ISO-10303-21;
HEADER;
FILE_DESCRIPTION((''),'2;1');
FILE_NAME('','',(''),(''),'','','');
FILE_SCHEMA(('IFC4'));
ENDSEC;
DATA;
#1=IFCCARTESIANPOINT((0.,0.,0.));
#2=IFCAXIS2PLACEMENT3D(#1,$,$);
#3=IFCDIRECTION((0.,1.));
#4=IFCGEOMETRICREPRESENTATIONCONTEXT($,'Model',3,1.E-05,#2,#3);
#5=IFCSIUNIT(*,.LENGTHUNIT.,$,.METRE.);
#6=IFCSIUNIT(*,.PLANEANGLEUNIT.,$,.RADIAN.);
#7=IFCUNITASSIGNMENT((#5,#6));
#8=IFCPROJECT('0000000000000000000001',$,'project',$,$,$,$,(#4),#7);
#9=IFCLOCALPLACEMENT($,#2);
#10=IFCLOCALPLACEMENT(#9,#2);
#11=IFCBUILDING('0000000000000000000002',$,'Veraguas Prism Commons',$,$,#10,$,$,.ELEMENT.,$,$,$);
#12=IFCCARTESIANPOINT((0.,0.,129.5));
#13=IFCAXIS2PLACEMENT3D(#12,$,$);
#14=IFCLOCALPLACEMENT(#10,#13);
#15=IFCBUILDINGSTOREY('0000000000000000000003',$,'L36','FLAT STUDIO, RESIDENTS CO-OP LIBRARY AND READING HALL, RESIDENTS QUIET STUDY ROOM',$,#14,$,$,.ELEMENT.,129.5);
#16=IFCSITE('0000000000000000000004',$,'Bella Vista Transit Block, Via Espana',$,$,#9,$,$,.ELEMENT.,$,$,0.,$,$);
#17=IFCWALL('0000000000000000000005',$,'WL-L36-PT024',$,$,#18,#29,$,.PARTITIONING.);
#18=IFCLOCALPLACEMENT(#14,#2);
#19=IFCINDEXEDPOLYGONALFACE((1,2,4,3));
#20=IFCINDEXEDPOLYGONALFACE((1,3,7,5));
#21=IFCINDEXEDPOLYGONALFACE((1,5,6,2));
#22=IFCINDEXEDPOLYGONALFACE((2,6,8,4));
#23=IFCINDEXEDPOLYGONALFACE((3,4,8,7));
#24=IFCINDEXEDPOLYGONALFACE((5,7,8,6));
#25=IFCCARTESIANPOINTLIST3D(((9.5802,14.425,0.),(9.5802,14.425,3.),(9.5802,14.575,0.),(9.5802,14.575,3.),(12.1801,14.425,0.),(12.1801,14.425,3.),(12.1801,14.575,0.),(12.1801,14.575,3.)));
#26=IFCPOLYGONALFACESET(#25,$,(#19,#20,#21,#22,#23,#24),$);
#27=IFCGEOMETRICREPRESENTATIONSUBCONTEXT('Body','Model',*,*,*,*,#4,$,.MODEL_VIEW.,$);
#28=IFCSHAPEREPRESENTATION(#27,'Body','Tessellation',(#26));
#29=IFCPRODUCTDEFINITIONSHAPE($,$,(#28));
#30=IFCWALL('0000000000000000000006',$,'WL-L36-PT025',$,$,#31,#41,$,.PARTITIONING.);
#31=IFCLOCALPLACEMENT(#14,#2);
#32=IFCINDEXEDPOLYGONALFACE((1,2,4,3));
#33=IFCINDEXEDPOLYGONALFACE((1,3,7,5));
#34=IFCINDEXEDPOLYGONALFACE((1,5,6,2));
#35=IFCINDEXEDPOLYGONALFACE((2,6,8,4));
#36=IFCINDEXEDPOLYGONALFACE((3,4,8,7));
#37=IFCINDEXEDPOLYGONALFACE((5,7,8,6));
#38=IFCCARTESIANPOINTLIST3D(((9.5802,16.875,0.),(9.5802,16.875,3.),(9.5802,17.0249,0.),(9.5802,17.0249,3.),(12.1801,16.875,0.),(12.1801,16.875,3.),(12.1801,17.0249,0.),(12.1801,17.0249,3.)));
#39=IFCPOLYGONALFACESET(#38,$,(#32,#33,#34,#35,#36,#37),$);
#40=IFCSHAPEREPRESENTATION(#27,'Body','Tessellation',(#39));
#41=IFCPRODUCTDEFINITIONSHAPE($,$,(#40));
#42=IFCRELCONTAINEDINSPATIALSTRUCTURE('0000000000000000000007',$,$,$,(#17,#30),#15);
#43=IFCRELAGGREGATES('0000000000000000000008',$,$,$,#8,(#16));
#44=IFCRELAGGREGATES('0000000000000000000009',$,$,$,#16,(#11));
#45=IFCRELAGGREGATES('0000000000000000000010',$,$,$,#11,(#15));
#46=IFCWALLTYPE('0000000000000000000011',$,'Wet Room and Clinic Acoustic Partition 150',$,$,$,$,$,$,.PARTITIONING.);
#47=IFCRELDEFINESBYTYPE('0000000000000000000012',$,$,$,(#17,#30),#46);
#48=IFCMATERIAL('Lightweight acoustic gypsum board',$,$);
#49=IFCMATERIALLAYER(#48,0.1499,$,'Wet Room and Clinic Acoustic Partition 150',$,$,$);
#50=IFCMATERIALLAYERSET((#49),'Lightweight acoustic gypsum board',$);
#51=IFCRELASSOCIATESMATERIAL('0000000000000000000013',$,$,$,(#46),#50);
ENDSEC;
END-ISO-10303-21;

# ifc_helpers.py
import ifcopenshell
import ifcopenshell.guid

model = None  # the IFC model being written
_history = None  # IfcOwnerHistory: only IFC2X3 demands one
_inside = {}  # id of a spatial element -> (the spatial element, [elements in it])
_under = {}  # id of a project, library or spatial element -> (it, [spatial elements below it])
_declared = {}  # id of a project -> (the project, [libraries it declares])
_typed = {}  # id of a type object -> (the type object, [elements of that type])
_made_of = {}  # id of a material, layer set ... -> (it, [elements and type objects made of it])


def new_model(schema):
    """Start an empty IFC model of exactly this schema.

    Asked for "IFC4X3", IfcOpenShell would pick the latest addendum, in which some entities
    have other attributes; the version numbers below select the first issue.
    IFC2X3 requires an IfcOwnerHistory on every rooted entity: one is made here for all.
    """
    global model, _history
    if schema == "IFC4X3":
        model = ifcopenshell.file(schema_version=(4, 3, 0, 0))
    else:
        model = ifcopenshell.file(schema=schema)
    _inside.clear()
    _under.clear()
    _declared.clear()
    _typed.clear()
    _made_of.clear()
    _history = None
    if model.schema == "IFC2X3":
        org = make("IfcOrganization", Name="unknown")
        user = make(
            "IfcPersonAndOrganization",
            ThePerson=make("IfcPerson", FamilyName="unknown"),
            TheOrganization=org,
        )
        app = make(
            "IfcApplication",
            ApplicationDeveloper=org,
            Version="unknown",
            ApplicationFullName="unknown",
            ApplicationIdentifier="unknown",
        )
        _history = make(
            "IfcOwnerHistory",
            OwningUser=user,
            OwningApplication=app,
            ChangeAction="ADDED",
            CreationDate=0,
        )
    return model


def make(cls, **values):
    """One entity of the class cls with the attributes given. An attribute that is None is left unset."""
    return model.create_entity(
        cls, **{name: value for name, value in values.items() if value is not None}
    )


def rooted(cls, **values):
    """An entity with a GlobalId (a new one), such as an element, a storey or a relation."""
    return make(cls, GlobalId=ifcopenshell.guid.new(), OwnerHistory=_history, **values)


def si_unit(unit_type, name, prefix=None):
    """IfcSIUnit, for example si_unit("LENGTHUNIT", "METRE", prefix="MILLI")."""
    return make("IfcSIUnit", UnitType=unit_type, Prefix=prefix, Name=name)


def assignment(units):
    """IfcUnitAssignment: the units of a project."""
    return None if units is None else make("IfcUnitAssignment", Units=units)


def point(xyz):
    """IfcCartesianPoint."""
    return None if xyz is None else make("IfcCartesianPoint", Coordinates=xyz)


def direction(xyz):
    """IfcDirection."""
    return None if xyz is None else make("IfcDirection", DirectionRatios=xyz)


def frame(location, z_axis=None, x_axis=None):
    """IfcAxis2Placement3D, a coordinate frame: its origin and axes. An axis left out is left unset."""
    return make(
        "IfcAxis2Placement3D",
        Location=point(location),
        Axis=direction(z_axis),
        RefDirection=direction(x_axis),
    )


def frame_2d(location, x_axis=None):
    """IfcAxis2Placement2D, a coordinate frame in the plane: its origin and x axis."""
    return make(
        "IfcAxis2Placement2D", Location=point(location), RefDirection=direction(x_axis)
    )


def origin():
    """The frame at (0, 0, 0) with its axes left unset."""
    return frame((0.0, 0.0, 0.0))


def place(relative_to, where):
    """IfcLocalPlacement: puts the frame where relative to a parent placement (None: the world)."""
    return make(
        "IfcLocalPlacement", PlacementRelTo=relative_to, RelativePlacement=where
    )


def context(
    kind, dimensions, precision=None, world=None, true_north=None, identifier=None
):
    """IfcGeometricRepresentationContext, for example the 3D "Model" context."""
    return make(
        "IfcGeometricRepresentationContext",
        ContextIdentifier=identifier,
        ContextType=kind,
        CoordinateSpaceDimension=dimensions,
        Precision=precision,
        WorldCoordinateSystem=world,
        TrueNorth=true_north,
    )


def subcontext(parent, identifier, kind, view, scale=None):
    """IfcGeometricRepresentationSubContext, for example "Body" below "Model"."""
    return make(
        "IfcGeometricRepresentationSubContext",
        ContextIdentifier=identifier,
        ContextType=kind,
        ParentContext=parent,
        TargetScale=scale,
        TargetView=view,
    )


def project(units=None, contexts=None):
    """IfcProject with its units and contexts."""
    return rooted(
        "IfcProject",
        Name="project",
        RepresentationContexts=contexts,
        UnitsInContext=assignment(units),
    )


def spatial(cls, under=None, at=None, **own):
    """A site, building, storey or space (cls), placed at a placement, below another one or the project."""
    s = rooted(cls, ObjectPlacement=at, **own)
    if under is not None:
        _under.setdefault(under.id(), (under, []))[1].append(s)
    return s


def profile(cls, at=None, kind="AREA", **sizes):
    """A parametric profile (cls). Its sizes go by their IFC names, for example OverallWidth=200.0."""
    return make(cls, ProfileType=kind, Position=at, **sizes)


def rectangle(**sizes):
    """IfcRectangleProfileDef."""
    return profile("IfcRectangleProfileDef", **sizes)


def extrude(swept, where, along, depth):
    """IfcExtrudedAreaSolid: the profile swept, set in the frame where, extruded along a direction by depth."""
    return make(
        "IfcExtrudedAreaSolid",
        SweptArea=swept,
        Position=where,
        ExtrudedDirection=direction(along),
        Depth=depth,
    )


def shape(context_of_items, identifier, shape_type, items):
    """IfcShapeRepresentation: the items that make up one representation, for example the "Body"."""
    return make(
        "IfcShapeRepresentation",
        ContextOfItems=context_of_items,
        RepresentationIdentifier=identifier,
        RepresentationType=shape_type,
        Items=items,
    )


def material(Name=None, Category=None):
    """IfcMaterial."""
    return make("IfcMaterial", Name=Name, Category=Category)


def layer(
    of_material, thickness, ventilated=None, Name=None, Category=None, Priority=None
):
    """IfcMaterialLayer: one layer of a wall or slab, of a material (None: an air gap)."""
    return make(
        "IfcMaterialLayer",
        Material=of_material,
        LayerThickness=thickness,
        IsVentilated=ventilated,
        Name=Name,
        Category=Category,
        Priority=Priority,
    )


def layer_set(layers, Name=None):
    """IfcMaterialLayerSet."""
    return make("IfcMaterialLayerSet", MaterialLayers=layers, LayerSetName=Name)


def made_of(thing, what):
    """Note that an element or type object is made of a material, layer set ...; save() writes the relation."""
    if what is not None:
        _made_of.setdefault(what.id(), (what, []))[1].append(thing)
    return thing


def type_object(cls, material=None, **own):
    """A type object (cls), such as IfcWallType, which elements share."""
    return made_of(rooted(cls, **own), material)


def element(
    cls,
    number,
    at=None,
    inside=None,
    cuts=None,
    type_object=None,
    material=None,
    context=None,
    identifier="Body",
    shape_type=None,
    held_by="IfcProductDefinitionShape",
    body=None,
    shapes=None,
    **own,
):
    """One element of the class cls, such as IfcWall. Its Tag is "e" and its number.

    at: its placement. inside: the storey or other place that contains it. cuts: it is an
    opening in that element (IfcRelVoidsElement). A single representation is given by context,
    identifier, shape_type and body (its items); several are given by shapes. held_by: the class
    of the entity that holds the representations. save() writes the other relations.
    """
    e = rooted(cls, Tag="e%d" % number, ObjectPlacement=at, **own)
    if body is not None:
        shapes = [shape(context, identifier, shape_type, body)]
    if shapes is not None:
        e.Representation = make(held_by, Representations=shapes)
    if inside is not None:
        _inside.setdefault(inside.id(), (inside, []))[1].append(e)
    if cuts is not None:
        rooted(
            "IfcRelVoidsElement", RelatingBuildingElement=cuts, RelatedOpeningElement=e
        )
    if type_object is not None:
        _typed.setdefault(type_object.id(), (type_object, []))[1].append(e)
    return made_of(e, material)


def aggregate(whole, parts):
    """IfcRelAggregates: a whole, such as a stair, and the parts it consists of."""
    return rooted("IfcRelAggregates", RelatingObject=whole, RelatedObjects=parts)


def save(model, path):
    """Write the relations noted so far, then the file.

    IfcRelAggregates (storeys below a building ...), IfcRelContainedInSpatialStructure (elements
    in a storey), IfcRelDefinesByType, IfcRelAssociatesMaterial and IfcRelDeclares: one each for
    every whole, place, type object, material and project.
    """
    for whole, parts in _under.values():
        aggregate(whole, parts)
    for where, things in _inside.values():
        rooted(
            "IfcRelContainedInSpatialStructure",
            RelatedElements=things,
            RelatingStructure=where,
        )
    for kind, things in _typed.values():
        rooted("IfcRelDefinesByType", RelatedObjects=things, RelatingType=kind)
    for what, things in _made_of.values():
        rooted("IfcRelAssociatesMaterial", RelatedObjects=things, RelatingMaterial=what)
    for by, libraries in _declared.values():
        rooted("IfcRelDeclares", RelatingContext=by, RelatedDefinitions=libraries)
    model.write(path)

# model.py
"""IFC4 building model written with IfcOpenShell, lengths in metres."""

from ifc_helpers import new_model, si_unit, direction, frame, frame_2d, origin, place, context, subcontext, project, spatial, rectangle, extrude, material, layer, layer_set, type_object, element, save


model = new_model("IFC4")

# Units and contexts
model_context = context("Model", 3, precision=1e-05, world=origin(), true_north=direction((0.0, 1.0)))
body_context = subcontext(model_context, "Body", "Model", "MODEL_VIEW")
ifc_project = project(units=[si_unit("LENGTHUNIT", "METRE"), si_unit("PLANEANGLEUNIT", "RADIAN")], contexts=[model_context])

# Site, building, storey
site_placement = place(None, origin())
site = spatial("IfcSite", under=ifc_project, at=site_placement, Name="Bella Vista Transit Block, Via Espana", CompositionType="ELEMENT", RefElevation=0.0)
building_placement = place(site_placement, origin())
building = spatial("IfcBuilding", under=site, at=building_placement, Name="Veraguas Prism Commons", CompositionType="ELEMENT")
storey_placement = place(building_placement, frame((0.0, 0.0, 129.5)))
storey = spatial("IfcBuildingStorey", under=building, at=storey_placement, Name="L36", Description="FLAT STUDIO, RESIDENTS CO-OP LIBRARY AND READING HALL, RESIDENTS QUIET STUDY ROOM", CompositionType="ELEMENT", Elevation=129.5)

# Walls
ifc_material_1 = material(Name="Lightweight acoustic gypsum board")
ifc_layer_1 = layer(ifc_material_1, 0.1499, Name="Wet Room and Clinic Acoustic Partition 150")
ifc_layer_set_1 = layer_set([ifc_layer_1], Name="Lightweight acoustic gypsum board")
wall_type_1 = type_object("IfcWallType", Name="Wet Room and Clinic Acoustic Partition 150", PredefinedType="PARTITIONING", material=ifc_layer_set_1)
for number, where, z_axis, x_axis, name in (
    (1, (12.1799, 14.5, 0.0), (0.0, 0.0, 1.0), (-1.0, 0.0, 0.0), "WL-L36-PT024"),
    (2, (12.1799, 16.95, 0.0), (0.0, 0.0, 1.0), (-1.0, 0.0, 0.0), "WL-L36-PT025"),
):
    element("IfcWall", number, at=place(storey_placement, frame(where, z_axis=z_axis, x_axis=x_axis)), inside=storey, type_object=wall_type_1, Name=name, PredefinedType="PARTITIONING", context=body_context, shape_type="SweptSolid", body=[
        extrude(rectangle(XDim=2.5999, YDim=0.1499, at=frame_2d((1.2998, 0.0))), origin(), (0.0, 0.0, 1.0), 3.0),
    ])

save(model, "model.ifc")
